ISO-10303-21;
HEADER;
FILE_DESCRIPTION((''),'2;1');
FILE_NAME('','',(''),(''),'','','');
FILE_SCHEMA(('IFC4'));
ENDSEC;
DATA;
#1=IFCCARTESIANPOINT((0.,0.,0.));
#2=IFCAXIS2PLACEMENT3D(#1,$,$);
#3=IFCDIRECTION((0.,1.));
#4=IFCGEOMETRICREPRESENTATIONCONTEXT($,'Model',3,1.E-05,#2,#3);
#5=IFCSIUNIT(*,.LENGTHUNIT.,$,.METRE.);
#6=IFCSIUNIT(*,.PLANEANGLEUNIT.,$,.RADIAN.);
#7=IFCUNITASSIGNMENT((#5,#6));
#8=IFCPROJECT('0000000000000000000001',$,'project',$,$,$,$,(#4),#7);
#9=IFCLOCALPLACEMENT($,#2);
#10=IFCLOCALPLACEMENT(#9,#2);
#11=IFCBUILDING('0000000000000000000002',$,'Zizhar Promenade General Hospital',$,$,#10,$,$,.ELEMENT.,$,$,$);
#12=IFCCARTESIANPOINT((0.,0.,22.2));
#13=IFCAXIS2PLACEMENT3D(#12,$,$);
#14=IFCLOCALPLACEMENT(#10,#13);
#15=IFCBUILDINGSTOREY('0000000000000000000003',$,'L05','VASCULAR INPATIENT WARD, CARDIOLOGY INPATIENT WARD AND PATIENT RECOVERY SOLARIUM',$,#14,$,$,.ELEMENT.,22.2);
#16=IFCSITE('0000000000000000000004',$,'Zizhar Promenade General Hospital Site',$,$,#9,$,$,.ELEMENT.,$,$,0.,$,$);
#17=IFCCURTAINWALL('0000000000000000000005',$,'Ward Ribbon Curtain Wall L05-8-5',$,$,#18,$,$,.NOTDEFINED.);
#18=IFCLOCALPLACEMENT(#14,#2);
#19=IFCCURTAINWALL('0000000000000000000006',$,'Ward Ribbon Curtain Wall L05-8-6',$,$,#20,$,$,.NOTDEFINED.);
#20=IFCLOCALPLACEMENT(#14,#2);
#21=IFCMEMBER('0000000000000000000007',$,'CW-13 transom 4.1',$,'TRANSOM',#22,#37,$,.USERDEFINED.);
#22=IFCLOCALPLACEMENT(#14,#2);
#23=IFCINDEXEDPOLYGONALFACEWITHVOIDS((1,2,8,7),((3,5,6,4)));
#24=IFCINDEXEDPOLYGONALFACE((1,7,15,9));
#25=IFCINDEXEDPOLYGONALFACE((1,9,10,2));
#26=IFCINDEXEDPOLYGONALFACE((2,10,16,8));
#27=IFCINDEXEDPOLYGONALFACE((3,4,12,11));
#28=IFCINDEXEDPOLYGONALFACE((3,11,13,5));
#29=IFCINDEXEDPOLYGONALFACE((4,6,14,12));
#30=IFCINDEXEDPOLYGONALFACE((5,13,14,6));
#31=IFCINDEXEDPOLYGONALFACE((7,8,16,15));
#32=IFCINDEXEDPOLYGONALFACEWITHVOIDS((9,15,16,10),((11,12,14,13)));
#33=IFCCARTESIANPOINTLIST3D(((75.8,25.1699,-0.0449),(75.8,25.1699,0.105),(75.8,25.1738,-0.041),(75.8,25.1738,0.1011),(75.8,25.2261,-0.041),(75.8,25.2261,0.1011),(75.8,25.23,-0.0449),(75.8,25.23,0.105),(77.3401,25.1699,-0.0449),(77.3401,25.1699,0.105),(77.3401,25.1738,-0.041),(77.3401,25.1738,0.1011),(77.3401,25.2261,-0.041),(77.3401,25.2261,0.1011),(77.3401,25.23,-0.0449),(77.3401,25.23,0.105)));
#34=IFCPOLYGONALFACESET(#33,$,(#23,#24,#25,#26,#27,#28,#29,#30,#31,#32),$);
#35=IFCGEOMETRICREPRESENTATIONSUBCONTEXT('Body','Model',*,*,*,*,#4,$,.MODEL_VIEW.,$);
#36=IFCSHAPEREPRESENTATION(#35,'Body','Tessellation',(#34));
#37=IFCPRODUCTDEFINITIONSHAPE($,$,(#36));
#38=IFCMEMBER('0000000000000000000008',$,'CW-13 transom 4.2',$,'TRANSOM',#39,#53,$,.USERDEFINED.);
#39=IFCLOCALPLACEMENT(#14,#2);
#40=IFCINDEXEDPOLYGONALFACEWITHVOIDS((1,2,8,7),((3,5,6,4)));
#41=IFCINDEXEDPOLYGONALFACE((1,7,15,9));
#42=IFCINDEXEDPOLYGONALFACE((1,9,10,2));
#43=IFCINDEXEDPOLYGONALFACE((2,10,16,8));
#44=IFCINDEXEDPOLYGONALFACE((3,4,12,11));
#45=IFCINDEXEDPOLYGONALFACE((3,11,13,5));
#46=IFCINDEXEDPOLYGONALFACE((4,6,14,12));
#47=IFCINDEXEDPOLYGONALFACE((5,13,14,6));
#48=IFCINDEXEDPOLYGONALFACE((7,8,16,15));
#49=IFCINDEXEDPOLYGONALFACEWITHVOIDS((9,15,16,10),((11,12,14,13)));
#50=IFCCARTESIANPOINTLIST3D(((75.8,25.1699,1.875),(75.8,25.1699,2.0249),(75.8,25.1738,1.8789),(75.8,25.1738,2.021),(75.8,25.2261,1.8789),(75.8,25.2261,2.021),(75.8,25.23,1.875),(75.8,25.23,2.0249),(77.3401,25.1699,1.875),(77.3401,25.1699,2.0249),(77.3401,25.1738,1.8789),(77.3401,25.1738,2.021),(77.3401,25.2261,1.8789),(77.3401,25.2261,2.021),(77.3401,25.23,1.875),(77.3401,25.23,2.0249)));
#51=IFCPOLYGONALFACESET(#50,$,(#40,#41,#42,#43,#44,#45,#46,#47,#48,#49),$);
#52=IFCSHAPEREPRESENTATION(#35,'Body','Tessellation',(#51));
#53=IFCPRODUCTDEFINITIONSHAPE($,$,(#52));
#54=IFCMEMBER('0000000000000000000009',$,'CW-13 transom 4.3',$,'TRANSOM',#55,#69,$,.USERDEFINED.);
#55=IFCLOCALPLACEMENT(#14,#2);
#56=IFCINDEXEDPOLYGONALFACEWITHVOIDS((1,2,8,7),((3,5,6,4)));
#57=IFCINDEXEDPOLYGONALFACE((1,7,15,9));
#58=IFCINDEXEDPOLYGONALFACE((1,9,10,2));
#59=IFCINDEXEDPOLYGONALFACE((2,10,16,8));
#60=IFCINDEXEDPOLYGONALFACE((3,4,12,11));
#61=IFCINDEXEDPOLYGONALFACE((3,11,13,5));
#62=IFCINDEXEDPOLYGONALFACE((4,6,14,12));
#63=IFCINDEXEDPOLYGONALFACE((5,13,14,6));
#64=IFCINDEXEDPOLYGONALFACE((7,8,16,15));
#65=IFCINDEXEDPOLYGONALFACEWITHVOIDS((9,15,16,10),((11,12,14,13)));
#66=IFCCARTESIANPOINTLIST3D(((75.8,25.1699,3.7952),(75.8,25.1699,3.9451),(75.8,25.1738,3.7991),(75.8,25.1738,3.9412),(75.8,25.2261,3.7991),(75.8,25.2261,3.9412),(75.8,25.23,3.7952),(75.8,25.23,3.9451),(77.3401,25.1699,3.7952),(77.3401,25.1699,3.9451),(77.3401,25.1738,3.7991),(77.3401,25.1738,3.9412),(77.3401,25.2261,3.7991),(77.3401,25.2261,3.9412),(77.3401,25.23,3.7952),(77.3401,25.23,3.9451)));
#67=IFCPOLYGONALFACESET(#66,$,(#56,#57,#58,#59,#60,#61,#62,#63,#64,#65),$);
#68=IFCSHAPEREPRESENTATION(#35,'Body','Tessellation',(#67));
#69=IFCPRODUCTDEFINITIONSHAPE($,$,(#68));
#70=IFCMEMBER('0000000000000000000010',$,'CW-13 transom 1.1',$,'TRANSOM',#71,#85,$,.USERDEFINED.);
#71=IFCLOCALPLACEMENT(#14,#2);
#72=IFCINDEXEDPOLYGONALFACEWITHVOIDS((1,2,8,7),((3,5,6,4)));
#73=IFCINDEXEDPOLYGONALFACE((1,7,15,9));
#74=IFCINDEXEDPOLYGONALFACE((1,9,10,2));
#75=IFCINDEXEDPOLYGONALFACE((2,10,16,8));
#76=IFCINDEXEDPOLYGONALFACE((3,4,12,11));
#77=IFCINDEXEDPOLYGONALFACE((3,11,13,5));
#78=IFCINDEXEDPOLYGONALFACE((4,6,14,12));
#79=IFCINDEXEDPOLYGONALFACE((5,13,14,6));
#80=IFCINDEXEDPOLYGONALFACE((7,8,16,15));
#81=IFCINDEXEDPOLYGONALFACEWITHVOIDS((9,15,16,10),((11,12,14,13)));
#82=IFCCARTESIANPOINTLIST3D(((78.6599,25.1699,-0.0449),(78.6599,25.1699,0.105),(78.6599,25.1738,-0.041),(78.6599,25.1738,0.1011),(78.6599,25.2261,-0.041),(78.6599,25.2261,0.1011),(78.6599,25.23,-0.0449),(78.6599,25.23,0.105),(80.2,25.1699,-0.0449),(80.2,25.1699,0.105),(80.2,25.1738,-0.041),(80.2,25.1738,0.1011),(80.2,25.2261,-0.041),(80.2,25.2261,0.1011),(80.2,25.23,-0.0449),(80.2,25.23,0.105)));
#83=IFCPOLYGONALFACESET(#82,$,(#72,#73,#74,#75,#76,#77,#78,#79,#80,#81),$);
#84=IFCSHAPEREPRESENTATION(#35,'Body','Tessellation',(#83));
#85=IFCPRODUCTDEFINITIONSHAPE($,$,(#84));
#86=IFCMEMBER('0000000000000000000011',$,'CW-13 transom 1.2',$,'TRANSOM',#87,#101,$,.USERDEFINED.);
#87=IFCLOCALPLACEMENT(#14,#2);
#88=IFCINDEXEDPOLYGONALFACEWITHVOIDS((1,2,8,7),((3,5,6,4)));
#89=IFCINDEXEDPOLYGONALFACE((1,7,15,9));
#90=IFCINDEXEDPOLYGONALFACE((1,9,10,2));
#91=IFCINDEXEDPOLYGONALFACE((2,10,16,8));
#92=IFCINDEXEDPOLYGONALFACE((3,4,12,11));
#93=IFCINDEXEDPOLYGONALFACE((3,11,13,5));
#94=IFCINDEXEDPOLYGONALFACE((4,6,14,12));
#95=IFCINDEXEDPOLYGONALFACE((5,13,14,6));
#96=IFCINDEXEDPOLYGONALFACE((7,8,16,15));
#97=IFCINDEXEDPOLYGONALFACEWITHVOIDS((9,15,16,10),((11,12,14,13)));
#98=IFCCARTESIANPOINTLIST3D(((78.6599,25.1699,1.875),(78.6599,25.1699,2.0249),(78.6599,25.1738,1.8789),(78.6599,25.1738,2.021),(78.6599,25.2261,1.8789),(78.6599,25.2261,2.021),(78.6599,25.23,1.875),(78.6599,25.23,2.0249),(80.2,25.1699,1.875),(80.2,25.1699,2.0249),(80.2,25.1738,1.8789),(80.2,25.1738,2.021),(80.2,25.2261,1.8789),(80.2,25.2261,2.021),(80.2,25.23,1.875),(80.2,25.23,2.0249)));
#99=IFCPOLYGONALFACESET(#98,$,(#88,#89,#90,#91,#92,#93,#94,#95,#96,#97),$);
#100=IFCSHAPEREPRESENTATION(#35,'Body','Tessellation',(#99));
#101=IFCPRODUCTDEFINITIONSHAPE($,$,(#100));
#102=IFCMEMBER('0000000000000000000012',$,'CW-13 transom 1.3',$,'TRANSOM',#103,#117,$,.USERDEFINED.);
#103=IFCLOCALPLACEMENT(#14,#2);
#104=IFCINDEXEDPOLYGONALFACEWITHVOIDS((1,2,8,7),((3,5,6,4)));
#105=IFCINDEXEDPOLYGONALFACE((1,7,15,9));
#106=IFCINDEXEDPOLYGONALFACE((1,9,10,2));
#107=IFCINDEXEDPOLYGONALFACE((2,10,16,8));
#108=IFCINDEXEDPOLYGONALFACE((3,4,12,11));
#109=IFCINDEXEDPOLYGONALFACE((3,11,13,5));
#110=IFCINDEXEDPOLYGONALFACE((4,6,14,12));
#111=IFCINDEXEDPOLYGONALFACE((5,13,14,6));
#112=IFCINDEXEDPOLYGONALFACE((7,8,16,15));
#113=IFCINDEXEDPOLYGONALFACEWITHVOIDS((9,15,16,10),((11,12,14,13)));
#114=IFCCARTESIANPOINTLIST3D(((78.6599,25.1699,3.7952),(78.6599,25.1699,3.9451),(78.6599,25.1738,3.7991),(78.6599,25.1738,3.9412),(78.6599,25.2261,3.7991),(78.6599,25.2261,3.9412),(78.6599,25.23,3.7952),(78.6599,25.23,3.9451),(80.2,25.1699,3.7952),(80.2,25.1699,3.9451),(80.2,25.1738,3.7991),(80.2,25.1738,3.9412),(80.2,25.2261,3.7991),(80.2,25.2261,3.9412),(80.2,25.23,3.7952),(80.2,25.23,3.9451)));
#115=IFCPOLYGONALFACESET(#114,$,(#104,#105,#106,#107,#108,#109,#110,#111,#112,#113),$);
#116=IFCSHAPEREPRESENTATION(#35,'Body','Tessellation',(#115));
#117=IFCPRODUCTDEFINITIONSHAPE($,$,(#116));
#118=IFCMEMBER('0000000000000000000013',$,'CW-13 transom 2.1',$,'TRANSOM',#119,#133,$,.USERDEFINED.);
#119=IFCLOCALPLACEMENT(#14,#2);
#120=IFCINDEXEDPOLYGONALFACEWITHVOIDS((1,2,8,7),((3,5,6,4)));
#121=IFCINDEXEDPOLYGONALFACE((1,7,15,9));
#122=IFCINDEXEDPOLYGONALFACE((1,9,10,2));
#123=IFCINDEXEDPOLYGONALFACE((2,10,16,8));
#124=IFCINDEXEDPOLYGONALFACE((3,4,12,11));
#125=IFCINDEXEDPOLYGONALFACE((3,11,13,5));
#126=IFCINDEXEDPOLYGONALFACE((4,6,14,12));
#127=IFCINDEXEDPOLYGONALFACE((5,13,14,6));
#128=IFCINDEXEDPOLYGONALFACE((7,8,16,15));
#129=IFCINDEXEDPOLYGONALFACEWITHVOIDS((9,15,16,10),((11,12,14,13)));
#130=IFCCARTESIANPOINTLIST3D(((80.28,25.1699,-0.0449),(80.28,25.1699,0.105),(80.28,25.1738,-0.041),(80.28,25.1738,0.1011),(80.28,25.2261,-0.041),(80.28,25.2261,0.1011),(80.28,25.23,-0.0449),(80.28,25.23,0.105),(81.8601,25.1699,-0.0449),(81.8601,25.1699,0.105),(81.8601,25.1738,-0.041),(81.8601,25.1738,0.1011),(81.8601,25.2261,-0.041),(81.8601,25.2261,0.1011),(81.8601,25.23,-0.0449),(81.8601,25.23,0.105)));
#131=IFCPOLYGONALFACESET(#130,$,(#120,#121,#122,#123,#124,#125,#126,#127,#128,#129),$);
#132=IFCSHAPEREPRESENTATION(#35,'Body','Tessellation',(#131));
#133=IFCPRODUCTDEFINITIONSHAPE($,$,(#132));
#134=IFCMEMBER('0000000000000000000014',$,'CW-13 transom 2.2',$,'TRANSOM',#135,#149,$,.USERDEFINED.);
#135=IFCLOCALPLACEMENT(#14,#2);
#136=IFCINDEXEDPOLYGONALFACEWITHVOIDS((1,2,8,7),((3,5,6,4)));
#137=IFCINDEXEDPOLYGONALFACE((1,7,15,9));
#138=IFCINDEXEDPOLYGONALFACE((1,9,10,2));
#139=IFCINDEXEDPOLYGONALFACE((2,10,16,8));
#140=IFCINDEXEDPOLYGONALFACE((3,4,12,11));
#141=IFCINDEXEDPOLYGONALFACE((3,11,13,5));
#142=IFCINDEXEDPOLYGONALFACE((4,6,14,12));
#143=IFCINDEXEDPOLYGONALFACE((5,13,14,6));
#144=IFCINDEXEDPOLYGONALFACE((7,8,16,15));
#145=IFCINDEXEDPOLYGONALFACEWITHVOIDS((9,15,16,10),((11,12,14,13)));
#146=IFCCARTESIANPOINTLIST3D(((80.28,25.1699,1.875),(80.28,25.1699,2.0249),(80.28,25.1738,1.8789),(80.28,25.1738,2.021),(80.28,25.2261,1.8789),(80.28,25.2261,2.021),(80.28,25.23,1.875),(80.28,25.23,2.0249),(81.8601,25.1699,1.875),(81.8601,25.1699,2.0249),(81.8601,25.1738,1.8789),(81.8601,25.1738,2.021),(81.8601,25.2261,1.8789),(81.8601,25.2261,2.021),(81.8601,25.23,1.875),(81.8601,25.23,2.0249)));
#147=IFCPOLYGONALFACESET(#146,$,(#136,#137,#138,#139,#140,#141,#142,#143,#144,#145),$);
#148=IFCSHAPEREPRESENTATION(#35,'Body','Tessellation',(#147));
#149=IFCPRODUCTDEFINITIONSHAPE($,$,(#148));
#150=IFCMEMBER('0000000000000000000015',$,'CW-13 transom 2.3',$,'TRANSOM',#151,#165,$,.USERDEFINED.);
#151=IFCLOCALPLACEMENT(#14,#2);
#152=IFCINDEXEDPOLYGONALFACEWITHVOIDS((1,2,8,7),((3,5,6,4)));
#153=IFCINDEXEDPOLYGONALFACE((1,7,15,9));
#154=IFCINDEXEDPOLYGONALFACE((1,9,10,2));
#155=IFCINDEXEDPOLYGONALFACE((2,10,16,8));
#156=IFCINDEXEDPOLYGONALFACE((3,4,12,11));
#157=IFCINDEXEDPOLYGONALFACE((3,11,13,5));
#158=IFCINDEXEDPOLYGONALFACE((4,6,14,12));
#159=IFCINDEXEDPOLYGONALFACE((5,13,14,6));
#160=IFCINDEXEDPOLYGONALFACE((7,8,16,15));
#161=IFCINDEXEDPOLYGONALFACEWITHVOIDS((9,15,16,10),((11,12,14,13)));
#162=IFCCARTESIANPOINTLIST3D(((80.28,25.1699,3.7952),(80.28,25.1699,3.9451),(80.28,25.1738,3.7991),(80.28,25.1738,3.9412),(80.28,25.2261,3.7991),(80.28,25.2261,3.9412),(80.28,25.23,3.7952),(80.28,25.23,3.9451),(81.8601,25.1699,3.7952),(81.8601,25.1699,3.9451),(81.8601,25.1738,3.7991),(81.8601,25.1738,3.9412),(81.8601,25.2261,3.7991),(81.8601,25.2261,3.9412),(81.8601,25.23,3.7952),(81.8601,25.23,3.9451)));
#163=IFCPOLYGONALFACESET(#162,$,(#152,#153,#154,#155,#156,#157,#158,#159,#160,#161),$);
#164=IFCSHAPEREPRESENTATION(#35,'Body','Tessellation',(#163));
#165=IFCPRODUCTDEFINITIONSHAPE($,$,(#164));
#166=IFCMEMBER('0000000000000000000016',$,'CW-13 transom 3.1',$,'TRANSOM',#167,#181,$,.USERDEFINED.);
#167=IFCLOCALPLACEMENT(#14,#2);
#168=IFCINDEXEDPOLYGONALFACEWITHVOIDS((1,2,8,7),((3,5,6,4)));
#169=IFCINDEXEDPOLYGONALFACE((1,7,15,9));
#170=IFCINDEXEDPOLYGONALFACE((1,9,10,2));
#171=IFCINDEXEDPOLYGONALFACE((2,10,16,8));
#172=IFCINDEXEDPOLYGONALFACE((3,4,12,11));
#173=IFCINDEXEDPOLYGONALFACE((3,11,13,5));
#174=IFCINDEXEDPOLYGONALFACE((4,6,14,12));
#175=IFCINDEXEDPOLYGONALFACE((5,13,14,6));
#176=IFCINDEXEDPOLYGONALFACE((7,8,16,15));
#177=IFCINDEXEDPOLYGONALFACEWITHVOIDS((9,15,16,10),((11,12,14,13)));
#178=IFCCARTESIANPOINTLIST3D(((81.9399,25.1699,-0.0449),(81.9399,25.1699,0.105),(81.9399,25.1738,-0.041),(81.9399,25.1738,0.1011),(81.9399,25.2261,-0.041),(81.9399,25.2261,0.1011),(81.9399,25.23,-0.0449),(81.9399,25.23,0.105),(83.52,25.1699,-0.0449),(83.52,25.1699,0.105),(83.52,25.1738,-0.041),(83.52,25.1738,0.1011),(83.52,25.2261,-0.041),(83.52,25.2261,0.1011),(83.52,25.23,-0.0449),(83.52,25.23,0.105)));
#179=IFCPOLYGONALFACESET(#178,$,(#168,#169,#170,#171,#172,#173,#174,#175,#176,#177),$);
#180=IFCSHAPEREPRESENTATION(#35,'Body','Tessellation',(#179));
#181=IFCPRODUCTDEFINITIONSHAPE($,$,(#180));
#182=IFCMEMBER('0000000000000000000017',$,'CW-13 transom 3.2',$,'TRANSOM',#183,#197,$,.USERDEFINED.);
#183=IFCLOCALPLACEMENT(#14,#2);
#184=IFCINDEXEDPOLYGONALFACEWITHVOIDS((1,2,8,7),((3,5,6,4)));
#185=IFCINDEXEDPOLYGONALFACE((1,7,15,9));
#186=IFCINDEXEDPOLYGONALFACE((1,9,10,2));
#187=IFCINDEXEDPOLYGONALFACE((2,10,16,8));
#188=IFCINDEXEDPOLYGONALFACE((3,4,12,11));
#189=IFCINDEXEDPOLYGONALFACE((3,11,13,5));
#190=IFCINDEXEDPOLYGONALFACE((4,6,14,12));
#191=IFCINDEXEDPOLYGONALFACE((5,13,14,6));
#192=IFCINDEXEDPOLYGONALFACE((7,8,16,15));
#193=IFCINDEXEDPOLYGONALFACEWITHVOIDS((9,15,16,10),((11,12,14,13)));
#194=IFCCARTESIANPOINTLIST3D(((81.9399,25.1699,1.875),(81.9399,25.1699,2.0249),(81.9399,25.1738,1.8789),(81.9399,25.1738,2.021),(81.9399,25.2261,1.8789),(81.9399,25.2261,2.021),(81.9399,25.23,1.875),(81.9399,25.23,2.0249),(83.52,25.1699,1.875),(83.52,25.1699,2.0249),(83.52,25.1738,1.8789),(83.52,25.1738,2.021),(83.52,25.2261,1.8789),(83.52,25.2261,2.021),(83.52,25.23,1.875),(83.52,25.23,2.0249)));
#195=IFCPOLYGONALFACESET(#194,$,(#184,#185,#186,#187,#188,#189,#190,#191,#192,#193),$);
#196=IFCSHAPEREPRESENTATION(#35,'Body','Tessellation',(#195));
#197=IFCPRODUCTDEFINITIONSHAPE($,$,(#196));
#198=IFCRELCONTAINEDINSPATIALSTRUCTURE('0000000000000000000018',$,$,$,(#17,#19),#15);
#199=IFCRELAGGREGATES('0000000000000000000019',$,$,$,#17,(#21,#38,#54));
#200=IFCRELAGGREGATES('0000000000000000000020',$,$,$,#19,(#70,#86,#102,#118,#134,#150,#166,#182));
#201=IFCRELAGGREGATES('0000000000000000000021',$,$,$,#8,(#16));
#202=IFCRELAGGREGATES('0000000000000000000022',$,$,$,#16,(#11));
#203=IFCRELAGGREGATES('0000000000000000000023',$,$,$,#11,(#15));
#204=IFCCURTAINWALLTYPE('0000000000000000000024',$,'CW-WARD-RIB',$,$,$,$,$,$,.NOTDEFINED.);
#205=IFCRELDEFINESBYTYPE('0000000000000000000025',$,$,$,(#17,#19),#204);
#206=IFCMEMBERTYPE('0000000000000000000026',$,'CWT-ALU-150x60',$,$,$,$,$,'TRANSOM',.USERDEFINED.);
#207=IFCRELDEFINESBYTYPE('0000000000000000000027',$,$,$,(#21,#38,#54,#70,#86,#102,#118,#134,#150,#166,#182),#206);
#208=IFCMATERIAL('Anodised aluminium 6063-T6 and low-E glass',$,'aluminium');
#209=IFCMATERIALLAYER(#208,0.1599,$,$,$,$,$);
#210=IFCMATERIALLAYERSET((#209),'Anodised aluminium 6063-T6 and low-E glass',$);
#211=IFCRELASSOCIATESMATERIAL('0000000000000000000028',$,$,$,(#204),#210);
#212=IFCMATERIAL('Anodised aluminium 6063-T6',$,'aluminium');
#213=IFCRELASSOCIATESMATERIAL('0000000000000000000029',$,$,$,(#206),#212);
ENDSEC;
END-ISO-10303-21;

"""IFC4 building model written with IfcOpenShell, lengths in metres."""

from ifc_helpers import new_model, si_unit, direction, frame, origin, origin_2d, place, context, subcontext, project, spatial, hollow_rectangle, extrude, material, layer, layer_set, material_profile, profile_set, type_object, element, aggregate, save


model = new_model("IFC4")

# Units and contexts
model_context = context("Model", 3, precision=1e-05, world=origin(), true_north=direction((0.0, 1.0)))
body_context = subcontext(model_context, "Body", "Model", "MODEL_VIEW")
ifc_project = project(units=[si_unit("LENGTHUNIT", "METRE"), si_unit("PLANEANGLEUNIT", "RADIAN")], contexts=[model_context])

# Site, building, storey
site_placement = place(None, origin())
site = spatial("IfcSite", under=ifc_project, at=site_placement, Name="Zizhar Promenade General Hospital Site", CompositionType="ELEMENT", RefElevation=0.0)
building_placement = place(site_placement, origin())
building = spatial("IfcBuilding", under=site, at=building_placement, Name="Zizhar Promenade General Hospital", CompositionType="ELEMENT")
storey_placement = place(building_placement, frame((0.0, 0.0, 22.2)))
storey = spatial("IfcBuildingStorey", under=building, at=storey_placement, Name="L05", Description="VASCULAR INPATIENT WARD, CARDIOLOGY INPATIENT WARD AND PATIENT RECOVERY SOLARIUM", CompositionType="ELEMENT", Elevation=22.2)

# Curtain walls
ifc_material_1 = material(Name="Anodised aluminium 6063-T6 and low-E glass", Category="aluminium")
ifc_layer_1 = layer(ifc_material_1, 0.1599)
ifc_layer_set_1 = layer_set([ifc_layer_1], Name="Anodised aluminium 6063-T6 and low-E glass")
curtain_wall_type = type_object("IfcCurtainWallType", Name="CW-WARD-RIB", PredefinedType="NOTDEFINED", material=ifc_layer_set_1)
curtain_wall_1_placement = place(storey_placement, origin())
curtain_wall_1 = element("IfcCurtainWall", 1, at=curtain_wall_1_placement, inside=storey, type_object=curtain_wall_type, Name="Ward Ribbon Curtain Wall L05-8-5", PredefinedType="NOTDEFINED")
curtain_wall_2_placement = place(storey_placement, origin())
curtain_wall_2 = element("IfcCurtainWall", 2, at=curtain_wall_2_placement, inside=storey, type_object=curtain_wall_type, Name="Ward Ribbon Curtain Wall L05-8-6", PredefinedType="NOTDEFINED")

# Members
ifc_material_2 = material(Name="Anodised aluminium 6063-T6", Category="aluminium")
ifc_material_profile_1 = material_profile(ifc_material_2, hollow_rectangle(XDim=0.0601, YDim=0.1499, WallThickness=0.0039, at=origin_2d()))
ifc_profile_set_1 = profile_set([ifc_material_profile_1], Name="Anodised aluminium 6063-T6")
member_type_1 = type_object("IfcMemberType", Name="CWT-ALU-150x60", ElementType="TRANSOM", PredefinedType="USERDEFINED", material=ifc_profile_set_1)
member_1_placement = place(storey_placement, frame((75.8, 25.2, 0.03), z_axis=(1.0, 0.0, 0.0), x_axis=(0.0, 1.0, 0.0)))
member_1 = element("IfcMember", 3, at=member_1_placement, type_object=member_type_1, Name="CW-13 transom 4.1", ObjectType="TRANSOM", PredefinedType="USERDEFINED", context=body_context, shape_type="SweptSolid", body=[
    extrude(hollow_rectangle(XDim=0.0601, YDim=0.1499, WallThickness=0.0039, at=origin_2d()), origin(), (0.0, 0.0, 1.0), 1.54),
])
member_2_placement = place(storey_placement, frame((75.8, 25.2, 1.95), z_axis=(1.0, 0.0, 0.0), x_axis=(0.0, 1.0, 0.0)))
member_2 = element("IfcMember", 4, at=member_2_placement, type_object=member_type_1, Name="CW-13 transom 4.2", ObjectType="TRANSOM", PredefinedType="USERDEFINED", context=body_context, shape_type="SweptSolid", body=[
    extrude(hollow_rectangle(XDim=0.0601, YDim=0.1499, WallThickness=0.0039, at=origin_2d()), origin(), (0.0, 0.0, 1.0), 1.54),
])
member_3_placement = place(storey_placement, frame((75.8, 25.2, 3.8701), z_axis=(1.0, 0.0, 0.0), x_axis=(0.0, 1.0, 0.0)))
member_3 = element("IfcMember", 5, at=member_3_placement, type_object=member_type_1, Name="CW-13 transom 4.3", ObjectType="TRANSOM", PredefinedType="USERDEFINED", context=body_context, shape_type="SweptSolid", body=[
    extrude(hollow_rectangle(XDim=0.0601, YDim=0.1499, WallThickness=0.0039, at=origin_2d()), origin(), (0.0, 0.0, 1.0), 1.54),
])
member_4_placement = place(storey_placement, frame((78.6599, 25.2, 0.03), z_axis=(1.0, 0.0, 0.0), x_axis=(0.0, 1.0, 0.0)))
member_4 = element("IfcMember", 6, at=member_4_placement, type_object=member_type_1, Name="CW-13 transom 1.1", ObjectType="TRANSOM", PredefinedType="USERDEFINED", context=body_context, shape_type="SweptSolid", body=[
    extrude(hollow_rectangle(XDim=0.0601, YDim=0.1499, WallThickness=0.0039, at=origin_2d()), origin(), (0.0, 0.0, 1.0), 1.54),
])
member_5_placement = place(storey_placement, frame((78.6599, 25.2, 1.95), z_axis=(1.0, 0.0, 0.0), x_axis=(0.0, 1.0, 0.0)))
member_5 = element("IfcMember", 7, at=member_5_placement, type_object=member_type_1, Name="CW-13 transom 1.2", ObjectType="TRANSOM", PredefinedType="USERDEFINED", context=body_context, shape_type="SweptSolid", body=[
    extrude(hollow_rectangle(XDim=0.0601, YDim=0.1499, WallThickness=0.0039, at=origin_2d()), origin(), (0.0, 0.0, 1.0), 1.54),
])
member_6_placement = place(storey_placement, frame((78.6599, 25.2, 3.8701), z_axis=(1.0, 0.0, 0.0), x_axis=(0.0, 1.0, 0.0)))
member_6 = element("IfcMember", 8, at=member_6_placement, type_object=member_type_1, Name="CW-13 transom 1.3", ObjectType="TRANSOM", PredefinedType="USERDEFINED", context=body_context, shape_type="SweptSolid", body=[
    extrude(hollow_rectangle(XDim=0.0601, YDim=0.1499, WallThickness=0.0039, at=origin_2d()), origin(), (0.0, 0.0, 1.0), 1.54),
])
member_7_placement = place(storey_placement, frame((80.28, 25.2, 0.03), z_axis=(1.0, 0.0, 0.0), x_axis=(0.0, 1.0, 0.0)))
member_7 = element("IfcMember", 9, at=member_7_placement, type_object=member_type_1, Name="CW-13 transom 2.1", ObjectType="TRANSOM", PredefinedType="USERDEFINED", context=body_context, shape_type="SweptSolid", body=[
    extrude(hollow_rectangle(XDim=0.0601, YDim=0.1499, WallThickness=0.0039, at=origin_2d()), origin(), (0.0, 0.0, 1.0), 1.5801),
])
member_8_placement = place(storey_placement, frame((80.28, 25.2, 1.95), z_axis=(1.0, 0.0, 0.0), x_axis=(0.0, 1.0, 0.0)))
member_8 = element("IfcMember", 10, at=member_8_placement, type_object=member_type_1, Name="CW-13 transom 2.2", ObjectType="TRANSOM", PredefinedType="USERDEFINED", context=body_context, shape_type="SweptSolid", body=[
    extrude(hollow_rectangle(XDim=0.0601, YDim=0.1499, WallThickness=0.0039, at=origin_2d()), origin(), (0.0, 0.0, 1.0), 1.5801),
])
member_9_placement = place(storey_placement, frame((80.28, 25.2, 3.8701), z_axis=(1.0, 0.0, 0.0), x_axis=(0.0, 1.0, 0.0)))
member_9 = element("IfcMember", 11, at=member_9_placement, type_object=member_type_1, Name="CW-13 transom 2.3", ObjectType="TRANSOM", PredefinedType="USERDEFINED", context=body_context, shape_type="SweptSolid", body=[
    extrude(hollow_rectangle(XDim=0.0601, YDim=0.1499, WallThickness=0.0039, at=origin_2d()), origin(), (0.0, 0.0, 1.0), 1.5801),
])
member_10_placement = place(storey_placement, frame((81.9399, 25.2, 0.03), z_axis=(1.0, 0.0, 0.0), x_axis=(0.0, 1.0, 0.0)))
member_10 = element("IfcMember", 12, at=member_10_placement, type_object=member_type_1, Name="CW-13 transom 3.1", ObjectType="TRANSOM", PredefinedType="USERDEFINED", context=body_context, shape_type="SweptSolid", body=[
    extrude(hollow_rectangle(XDim=0.0601, YDim=0.1499, WallThickness=0.0039, at=origin_2d()), origin(), (0.0, 0.0, 1.0), 1.5801),
])
member_11_placement = place(storey_placement, frame((81.9399, 25.2, 1.95), z_axis=(1.0, 0.0, 0.0), x_axis=(0.0, 1.0, 0.0)))
member_11 = element("IfcMember", 13, at=member_11_placement, type_object=member_type_1, Name="CW-13 transom 3.2", ObjectType="TRANSOM", PredefinedType="USERDEFINED", context=body_context, shape_type="SweptSolid", body=[
    extrude(hollow_rectangle(XDim=0.0601, YDim=0.1499, WallThickness=0.0039, at=origin_2d()), origin(), (0.0, 0.0, 1.0), 1.5801),
])

aggregate(curtain_wall_1, [member_1, member_2, member_3])
aggregate(curtain_wall_2, [member_4, member_5, member_6, member_7, member_8, member_9, member_10, member_11])

save(model, "model.ifc")
